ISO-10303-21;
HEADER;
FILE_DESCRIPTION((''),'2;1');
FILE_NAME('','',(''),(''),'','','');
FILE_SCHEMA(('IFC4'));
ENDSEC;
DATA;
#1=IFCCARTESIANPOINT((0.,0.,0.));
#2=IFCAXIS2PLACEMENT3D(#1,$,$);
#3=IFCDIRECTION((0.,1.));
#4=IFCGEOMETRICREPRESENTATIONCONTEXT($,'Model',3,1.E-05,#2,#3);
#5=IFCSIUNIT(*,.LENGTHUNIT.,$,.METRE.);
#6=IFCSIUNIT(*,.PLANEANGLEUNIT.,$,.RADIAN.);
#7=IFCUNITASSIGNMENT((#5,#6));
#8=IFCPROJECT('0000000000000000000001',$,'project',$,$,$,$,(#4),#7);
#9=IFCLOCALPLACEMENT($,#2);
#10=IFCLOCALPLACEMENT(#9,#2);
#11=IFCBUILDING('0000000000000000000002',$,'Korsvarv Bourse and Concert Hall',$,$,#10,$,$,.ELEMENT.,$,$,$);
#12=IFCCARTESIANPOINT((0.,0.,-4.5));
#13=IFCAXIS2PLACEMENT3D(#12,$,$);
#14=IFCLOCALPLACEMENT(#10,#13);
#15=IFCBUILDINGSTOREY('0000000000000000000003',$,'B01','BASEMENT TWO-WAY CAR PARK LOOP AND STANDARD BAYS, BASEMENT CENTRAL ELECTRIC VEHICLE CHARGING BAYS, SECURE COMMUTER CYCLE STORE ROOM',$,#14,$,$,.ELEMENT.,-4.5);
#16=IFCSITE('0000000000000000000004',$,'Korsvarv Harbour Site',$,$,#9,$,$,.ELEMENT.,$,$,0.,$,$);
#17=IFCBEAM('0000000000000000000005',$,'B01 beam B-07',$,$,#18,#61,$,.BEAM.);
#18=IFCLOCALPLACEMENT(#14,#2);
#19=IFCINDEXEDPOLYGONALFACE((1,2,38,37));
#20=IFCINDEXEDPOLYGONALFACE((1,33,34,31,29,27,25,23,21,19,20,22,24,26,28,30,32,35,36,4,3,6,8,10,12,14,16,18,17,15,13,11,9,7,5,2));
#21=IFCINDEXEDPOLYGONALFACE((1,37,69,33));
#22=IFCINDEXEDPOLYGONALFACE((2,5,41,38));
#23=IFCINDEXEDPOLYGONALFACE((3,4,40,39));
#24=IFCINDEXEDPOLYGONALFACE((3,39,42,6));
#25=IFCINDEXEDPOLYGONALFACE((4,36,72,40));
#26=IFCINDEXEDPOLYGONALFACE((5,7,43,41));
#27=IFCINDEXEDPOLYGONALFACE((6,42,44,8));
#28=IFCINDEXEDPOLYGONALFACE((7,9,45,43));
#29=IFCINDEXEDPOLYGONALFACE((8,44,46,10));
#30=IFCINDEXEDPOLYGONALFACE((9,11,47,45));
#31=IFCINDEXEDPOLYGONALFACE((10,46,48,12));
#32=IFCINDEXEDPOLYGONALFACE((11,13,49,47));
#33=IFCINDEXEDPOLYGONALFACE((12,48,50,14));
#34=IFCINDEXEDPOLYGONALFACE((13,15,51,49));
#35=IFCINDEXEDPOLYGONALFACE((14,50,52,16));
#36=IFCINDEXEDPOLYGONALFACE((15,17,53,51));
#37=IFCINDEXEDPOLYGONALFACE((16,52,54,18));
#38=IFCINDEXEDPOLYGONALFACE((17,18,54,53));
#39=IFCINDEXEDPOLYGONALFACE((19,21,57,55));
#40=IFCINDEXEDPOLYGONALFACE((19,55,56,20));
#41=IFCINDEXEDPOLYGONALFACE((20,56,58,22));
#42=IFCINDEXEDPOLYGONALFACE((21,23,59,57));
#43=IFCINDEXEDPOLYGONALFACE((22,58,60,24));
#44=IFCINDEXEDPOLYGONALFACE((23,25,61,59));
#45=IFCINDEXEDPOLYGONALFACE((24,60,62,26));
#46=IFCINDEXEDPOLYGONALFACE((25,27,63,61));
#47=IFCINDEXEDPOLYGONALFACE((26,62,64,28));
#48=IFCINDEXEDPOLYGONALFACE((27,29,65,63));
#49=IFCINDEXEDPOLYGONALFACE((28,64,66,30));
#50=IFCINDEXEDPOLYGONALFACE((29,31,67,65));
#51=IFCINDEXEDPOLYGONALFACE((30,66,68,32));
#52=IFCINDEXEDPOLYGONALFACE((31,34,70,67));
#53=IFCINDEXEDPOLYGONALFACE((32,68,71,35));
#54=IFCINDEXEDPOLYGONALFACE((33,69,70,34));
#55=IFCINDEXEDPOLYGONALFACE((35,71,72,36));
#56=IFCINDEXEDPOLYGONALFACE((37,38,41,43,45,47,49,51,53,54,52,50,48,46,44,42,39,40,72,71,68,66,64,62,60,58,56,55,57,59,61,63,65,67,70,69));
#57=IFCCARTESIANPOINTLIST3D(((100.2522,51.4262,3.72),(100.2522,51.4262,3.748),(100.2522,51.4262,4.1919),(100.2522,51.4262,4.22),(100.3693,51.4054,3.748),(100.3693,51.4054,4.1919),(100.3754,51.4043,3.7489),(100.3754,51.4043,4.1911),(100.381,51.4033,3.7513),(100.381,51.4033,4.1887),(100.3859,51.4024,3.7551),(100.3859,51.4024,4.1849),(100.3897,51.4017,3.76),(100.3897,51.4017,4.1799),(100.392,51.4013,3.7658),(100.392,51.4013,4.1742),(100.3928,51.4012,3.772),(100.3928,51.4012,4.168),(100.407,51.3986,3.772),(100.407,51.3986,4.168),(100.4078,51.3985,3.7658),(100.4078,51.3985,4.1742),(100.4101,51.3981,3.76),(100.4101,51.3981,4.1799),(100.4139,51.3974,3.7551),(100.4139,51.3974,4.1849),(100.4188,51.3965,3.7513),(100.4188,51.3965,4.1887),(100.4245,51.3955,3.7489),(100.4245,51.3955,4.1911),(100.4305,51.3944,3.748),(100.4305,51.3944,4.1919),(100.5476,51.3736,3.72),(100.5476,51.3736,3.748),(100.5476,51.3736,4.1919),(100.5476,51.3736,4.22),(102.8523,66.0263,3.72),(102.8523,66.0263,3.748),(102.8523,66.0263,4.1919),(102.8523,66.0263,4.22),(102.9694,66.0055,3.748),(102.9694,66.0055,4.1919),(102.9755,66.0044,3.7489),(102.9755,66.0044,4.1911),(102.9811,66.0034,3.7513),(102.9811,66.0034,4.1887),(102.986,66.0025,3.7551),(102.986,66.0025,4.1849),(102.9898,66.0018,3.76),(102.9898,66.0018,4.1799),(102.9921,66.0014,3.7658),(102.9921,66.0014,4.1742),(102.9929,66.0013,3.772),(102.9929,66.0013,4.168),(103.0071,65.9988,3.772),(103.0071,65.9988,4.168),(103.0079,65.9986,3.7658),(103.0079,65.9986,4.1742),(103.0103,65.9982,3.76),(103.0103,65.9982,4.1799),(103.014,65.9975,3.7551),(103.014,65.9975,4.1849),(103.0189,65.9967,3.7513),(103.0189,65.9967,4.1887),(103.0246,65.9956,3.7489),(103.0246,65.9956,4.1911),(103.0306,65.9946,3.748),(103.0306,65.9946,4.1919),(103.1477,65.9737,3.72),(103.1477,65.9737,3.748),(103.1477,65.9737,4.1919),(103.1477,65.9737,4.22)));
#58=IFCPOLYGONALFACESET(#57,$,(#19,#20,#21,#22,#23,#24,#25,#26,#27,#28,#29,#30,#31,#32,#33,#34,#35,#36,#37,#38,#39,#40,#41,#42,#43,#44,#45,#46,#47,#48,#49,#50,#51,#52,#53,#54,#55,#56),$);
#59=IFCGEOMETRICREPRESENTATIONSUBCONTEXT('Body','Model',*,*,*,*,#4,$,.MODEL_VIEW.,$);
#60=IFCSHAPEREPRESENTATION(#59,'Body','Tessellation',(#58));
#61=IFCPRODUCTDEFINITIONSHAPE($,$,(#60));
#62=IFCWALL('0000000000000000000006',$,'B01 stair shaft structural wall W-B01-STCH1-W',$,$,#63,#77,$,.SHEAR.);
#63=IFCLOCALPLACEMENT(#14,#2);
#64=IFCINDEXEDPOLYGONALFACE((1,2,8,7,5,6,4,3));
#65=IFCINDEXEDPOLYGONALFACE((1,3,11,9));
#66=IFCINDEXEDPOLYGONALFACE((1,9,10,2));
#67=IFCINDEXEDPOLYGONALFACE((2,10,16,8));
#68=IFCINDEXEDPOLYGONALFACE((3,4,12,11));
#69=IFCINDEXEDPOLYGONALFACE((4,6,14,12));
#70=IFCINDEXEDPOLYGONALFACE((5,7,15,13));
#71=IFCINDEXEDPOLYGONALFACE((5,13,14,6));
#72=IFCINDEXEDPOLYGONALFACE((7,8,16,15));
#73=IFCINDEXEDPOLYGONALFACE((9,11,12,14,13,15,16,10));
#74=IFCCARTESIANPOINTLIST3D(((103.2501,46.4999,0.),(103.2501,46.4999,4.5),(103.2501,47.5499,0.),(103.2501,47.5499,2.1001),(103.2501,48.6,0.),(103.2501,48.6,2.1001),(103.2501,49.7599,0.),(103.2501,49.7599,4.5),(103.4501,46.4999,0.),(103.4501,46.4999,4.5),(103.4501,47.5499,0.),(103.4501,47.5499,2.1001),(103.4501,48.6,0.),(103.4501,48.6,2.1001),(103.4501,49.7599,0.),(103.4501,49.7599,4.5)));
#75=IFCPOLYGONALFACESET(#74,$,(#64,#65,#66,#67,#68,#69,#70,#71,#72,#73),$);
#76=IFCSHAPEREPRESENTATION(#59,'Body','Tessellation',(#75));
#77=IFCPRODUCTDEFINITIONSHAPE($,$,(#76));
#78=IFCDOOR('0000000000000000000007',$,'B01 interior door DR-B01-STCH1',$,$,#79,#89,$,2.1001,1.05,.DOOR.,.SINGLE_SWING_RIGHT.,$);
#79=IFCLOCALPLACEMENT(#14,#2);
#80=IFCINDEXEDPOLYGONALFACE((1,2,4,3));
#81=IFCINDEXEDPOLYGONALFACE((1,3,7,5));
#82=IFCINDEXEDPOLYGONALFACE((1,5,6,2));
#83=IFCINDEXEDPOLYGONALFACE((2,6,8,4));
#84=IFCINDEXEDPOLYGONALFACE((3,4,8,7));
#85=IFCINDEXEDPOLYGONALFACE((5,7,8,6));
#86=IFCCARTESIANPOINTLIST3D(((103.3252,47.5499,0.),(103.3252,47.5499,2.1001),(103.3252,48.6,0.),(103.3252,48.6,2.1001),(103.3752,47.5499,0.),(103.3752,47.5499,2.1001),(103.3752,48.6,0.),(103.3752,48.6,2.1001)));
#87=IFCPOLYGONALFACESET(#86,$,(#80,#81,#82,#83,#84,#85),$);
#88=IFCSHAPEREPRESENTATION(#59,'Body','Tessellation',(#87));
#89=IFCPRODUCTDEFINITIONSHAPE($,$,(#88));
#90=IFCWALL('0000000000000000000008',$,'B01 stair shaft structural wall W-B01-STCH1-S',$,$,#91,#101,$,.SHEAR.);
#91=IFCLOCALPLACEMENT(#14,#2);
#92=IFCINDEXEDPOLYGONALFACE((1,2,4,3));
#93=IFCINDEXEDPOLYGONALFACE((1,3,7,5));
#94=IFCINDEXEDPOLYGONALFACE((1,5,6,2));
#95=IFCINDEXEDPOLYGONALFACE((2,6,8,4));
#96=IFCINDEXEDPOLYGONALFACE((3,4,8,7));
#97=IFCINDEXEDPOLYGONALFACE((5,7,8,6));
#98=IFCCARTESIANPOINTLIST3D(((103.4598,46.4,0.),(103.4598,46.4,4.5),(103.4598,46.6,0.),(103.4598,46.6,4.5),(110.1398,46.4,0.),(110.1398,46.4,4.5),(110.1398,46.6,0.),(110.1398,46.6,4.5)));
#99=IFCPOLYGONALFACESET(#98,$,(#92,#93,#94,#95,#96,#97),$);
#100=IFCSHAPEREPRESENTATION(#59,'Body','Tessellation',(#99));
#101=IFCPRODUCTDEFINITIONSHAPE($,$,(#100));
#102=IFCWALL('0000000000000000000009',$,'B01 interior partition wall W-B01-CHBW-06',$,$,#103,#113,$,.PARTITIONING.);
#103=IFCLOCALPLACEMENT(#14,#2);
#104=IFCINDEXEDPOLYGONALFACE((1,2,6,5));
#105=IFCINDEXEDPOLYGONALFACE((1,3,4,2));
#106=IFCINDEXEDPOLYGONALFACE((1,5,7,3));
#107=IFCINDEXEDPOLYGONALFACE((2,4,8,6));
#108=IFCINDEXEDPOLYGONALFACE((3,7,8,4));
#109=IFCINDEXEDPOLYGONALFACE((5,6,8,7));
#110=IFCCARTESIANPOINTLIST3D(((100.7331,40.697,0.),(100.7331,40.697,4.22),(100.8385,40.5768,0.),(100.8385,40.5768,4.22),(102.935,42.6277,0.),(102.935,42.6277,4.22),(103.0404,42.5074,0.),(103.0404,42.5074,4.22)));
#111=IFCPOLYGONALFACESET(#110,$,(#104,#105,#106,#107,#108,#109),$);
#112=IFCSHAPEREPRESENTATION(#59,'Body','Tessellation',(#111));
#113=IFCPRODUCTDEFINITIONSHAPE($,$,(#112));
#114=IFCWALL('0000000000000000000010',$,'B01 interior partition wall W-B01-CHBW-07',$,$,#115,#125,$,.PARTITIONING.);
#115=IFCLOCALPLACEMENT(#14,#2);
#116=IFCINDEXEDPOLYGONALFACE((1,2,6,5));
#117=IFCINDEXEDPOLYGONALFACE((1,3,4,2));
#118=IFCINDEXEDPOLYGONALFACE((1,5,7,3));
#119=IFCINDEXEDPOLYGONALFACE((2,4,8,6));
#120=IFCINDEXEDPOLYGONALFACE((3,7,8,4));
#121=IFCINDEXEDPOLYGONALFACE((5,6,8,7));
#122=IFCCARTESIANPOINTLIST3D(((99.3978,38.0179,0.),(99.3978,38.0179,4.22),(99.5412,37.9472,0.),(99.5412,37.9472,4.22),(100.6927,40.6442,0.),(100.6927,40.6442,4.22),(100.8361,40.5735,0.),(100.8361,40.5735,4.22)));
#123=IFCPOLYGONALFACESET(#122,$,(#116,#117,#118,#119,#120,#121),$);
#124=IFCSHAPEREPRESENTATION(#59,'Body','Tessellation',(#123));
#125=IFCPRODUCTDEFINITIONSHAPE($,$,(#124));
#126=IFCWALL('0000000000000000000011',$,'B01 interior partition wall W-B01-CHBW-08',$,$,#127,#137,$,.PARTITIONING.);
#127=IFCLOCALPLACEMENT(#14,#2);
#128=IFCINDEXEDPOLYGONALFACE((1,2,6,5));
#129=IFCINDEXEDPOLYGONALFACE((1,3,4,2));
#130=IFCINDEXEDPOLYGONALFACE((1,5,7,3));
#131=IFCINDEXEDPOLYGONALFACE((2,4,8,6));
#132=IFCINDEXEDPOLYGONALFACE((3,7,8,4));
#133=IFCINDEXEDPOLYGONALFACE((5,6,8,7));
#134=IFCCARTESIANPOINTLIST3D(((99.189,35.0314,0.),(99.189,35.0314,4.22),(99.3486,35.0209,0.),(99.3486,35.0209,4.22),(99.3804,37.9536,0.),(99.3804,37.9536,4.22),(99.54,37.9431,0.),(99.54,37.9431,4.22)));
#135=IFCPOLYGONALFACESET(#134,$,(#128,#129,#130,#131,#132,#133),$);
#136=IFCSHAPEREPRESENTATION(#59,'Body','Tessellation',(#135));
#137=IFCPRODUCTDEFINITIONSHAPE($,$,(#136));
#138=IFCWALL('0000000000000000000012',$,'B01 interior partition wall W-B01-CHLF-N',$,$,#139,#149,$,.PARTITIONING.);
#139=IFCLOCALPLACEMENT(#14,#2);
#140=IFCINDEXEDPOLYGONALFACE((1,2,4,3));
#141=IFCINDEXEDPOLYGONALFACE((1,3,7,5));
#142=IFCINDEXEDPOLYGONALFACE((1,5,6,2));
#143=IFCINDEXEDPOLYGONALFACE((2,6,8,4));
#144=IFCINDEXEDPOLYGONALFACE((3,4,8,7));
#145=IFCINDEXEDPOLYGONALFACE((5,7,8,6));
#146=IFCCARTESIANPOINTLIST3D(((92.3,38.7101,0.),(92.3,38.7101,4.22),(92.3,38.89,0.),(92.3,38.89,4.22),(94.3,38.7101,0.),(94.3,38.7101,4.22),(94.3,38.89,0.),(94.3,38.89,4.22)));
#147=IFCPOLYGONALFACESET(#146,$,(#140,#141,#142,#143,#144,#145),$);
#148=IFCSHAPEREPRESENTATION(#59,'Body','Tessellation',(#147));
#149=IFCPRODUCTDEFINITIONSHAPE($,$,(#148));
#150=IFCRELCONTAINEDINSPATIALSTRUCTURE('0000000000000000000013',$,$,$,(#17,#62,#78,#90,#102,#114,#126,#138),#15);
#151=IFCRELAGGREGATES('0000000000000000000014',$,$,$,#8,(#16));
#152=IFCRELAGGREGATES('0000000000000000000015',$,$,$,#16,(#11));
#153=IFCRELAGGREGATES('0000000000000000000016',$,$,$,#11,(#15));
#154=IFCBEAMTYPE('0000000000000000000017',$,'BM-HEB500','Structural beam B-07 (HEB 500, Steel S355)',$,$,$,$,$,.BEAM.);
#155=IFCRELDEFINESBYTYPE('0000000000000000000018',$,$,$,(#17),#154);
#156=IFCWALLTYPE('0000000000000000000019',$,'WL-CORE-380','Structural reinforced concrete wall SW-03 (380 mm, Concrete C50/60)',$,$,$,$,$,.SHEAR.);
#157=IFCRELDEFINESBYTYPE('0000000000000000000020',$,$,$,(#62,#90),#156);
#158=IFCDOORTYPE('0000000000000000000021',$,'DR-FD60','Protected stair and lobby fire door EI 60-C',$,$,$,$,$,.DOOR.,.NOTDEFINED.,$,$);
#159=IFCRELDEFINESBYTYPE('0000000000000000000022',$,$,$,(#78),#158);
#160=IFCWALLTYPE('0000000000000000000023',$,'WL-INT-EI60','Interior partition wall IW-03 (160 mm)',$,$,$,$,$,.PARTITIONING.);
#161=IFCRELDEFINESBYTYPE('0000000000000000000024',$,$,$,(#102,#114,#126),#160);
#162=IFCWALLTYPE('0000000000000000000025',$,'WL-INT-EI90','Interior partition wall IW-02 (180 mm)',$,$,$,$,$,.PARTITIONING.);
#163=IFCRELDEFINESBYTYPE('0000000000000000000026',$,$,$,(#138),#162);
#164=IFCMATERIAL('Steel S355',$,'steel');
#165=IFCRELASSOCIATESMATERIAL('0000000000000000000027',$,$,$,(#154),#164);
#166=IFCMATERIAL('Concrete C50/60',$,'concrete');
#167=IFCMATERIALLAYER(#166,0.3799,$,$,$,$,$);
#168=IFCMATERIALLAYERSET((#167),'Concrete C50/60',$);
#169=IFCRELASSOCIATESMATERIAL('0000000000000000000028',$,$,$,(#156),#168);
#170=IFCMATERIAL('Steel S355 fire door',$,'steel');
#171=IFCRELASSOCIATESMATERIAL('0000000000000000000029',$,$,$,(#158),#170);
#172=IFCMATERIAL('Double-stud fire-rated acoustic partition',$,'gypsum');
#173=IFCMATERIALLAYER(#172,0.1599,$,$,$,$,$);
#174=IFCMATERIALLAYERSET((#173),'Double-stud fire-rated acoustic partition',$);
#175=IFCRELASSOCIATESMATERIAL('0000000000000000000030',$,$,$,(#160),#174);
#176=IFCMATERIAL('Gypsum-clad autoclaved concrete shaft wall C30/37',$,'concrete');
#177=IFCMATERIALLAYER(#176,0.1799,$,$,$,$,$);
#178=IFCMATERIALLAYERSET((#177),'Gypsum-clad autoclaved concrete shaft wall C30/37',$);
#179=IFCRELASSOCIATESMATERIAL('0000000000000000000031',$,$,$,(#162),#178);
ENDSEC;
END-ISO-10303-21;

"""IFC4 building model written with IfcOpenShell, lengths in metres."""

from ifc_helpers import new_model, si_unit, direction, frame, frame_2d, origin, origin_2d, place, context, subcontext, project, spatial, rectangle, i_section, extrude, source, transform, mapped, material, layer, layer_set, material_profile, profile_set, type_object, element, fill, save


model = new_model("IFC4")

# Units and contexts
model_context = context("Model", 3, precision=1e-05, world=origin(), true_north=direction((0.0, 1.0)))
body_context = subcontext(model_context, "Body", "Model", "MODEL_VIEW")
ifc_project = project(units=[si_unit("LENGTHUNIT", "METRE"), si_unit("PLANEANGLEUNIT", "RADIAN")], contexts=[model_context])

# Site, building, storey
site_placement = place(None, origin())
site = spatial("IfcSite", under=ifc_project, at=site_placement, Name="Korsvarv Harbour Site", CompositionType="ELEMENT", RefElevation=0.0)
building_placement = place(site_placement, origin())
building = spatial("IfcBuilding", under=site, at=building_placement, Name="Korsvarv Bourse and Concert Hall", CompositionType="ELEMENT")
storey_placement = place(building_placement, frame((0.0, 0.0, -4.5)))
storey = spatial("IfcBuildingStorey", under=building, at=storey_placement, Name="B01", Description="BASEMENT TWO-WAY CAR PARK LOOP AND STANDARD BAYS, BASEMENT CENTRAL ELECTRIC VEHICLE CHARGING BAYS, SECURE COMMUTER CYCLE STORE ROOM", CompositionType="ELEMENT", Elevation=-4.5)

# Shared definitions
ifc_material_1 = material(Name="Concrete C50/60", Category="concrete")

# Beam
ifc_material_2 = material(Name="Steel S355", Category="steel")
ifc_material_profile_1 = material_profile(ifc_material_2, i_section(OverallWidth=0.3, OverallDepth=0.5, WebThickness=0.0144, FlangeThickness=0.0281, FilletRadius=0.0239, at=origin_2d()), Name="HEB 500")
ifc_profile_set_1 = profile_set([ifc_material_profile_1], Name="Steel S355")
beam_type_1 = type_object("IfcBeamType", Name="BM-HEB500", Description="Structural beam B-07 (HEB 500, Steel S355)", PredefinedType="BEAM", material=ifc_profile_set_1)
shared_shape_1 = source(origin(), body_context, "Body", "SweptSolid", [
    extrude(i_section(OverallWidth=0.3, OverallDepth=0.5, WebThickness=0.0144, FlangeThickness=0.0281, FilletRadius=0.0239, at=origin_2d()), origin(), (0.0, 0.0, 1.0), 14.8298),
])
beam_1_placement = place(storey_placement, frame((100.3999, 51.3999, 3.97), z_axis=(0.175329, 0.98451, 0.0), x_axis=(-0.98451, 0.175329, 0.0)))
element("IfcBeam", 1, at=beam_1_placement, inside=storey, type_object=beam_type_1, Name="B01 beam B-07", PredefinedType="BEAM", context=body_context, shape_type="MappedRepresentation", body=[
    mapped(shared_shape_1, transform((0.0, 0.0, 0.0), scale=1.0)),
])

# Wall, opening, door
ifc_layer_1 = layer(ifc_material_1, 0.3799)
ifc_layer_set_1 = layer_set([ifc_layer_1], Name="Concrete C50/60")
wall_type_1 = type_object("IfcWallType", Name="WL-CORE-380", Description="Structural reinforced concrete wall SW-03 (380 mm, Concrete C50/60)", PredefinedType="SHEAR", material=ifc_layer_set_1)
wall_1_placement = place(storey_placement, frame((103.3501, 46.5, 0.0), z_axis=(0.0, 0.0, 1.0), x_axis=(0.0, 1.0, 0.0)))
wall_1 = element("IfcWall", 2, at=wall_1_placement, inside=storey, type_object=wall_type_1, Name="B01 stair shaft structural wall W-B01-STCH1-W", PredefinedType="SHEAR", context=body_context, shape_type="SweptSolid", body=[
    extrude(rectangle(XDim=3.26, YDim=0.2, at=frame_2d((1.6299, 0.0))), origin(), (0.0, 0.0, 1.0), 4.5),
])
opening_placement = place(wall_1_placement, frame((1.05, 0.0, 0.0)))
opening = element("IfcOpeningElement", 3, at=opening_placement, cuts=wall_1, PredefinedType="OPENING", context=body_context, shape_type="SweptSolid", body=[
    extrude(rectangle(XDim=1.05, YDim=2.1001, at=frame_2d((0.5249, 1.05))), frame((0.0, 0.1099, 0.0), z_axis=(0.0, -1.0, 0.0), x_axis=(1.0, 0.0, 0.0)), (0.0, 0.0, 1.0), 0.22),
])
ifc_material_3 = material(Name="Steel S355 fire door", Category="steel")
door_type = type_object("IfcDoorType", Name="DR-FD60", Description="Protected stair and lobby fire door EI 60-C", OperationType="NOTDEFINED", PredefinedType="DOOR", material=ifc_material_3)
door_placement = place(opening_placement, origin())
door = element("IfcDoor", 4, at=door_placement, inside=storey, type_object=door_type, Name="B01 interior door DR-B01-STCH1", OperationType="SINGLE_SWING_RIGHT", OverallHeight=2.1001, OverallWidth=1.05, PredefinedType="DOOR", context=body_context, shape_type="SweptSolid", body=[
    extrude(rectangle(XDim=1.05, YDim=2.1001, at=frame_2d((0.5249, 1.05))), frame((0.0, 0.0249, 0.0), z_axis=(0.0, -1.0, 0.0), x_axis=(1.0, 0.0, 0.0)), (0.0, 0.0, 1.0), 0.05),
])
fill(opening, door)

# Walls
wall_2_placement = place(storey_placement, frame((103.46, 46.5, 0.0), z_axis=(0.0, 0.0, 1.0), x_axis=(1.0, 0.0, 0.0)))
element("IfcWall", 5, at=wall_2_placement, inside=storey, type_object=wall_type_1, Name="B01 stair shaft structural wall W-B01-STCH1-S", PredefinedType="SHEAR", context=body_context, shape_type="SweptSolid", body=[
    extrude(rectangle(XDim=6.6799, YDim=0.2, at=frame_2d((3.3398, 0.0))), origin(), (0.0, 0.0, 1.0), 4.5),
])
ifc_material_4 = material(Name="Double-stud fire-rated acoustic partition", Category="gypsum")
ifc_layer_2 = layer(ifc_material_4, 0.1599)
ifc_layer_set_2 = layer_set([ifc_layer_2], Name="Double-stud fire-rated acoustic partition")
wall_type_2 = type_object("IfcWallType", Name="WL-INT-EI60", Description="Interior partition wall IW-03 (160 mm)", PredefinedType="PARTITIONING", material=ifc_layer_set_2)
wall_3_placement = place(storey_placement, frame((102.9878, 42.5676, 0.0), z_axis=(0.0, 0.0, 1.0), x_axis=(-0.7519, -0.659277, 0.0)))
element("IfcWall", 6, at=wall_3_placement, inside=storey, type_object=wall_type_2, Name="B01 interior partition wall W-B01-CHBW-06", PredefinedType="PARTITIONING", context=body_context, shape_type="SweptSolid", body=[
    extrude(rectangle(XDim=2.9285, YDim=0.1599, at=frame_2d((1.4644, 0.0))), origin(), (0.0, 0.0, 1.0), 4.22),
])
wall_4_placement = place(storey_placement, frame((100.7644, 40.6089, 0.0), z_axis=(0.0, 0.0, 1.0), x_axis=(-0.442204, -0.896914, 0.0)))
element("IfcWall", 7, at=wall_4_placement, inside=storey, type_object=wall_type_2, Name="B01 interior partition wall W-B01-CHBW-07", PredefinedType="PARTITIONING", context=body_context, shape_type="SweptSolid", body=[
    extrude(rectangle(XDim=2.9282, YDim=0.1599, at=frame_2d((1.4641, 0.0))), origin(), (0.0, 0.0, 1.0), 4.22),
])
wall_5_placement = place(storey_placement, frame((99.4602, 37.9485, 0.0), z_axis=(0.0, 0.0, 1.0), x_axis=(-0.065362, -0.997862, 0.0)))
element("IfcWall", 8, at=wall_5_placement, inside=storey, type_object=wall_type_2, Name="B01 interior partition wall W-B01-CHBW-08", PredefinedType="PARTITIONING", context=body_context, shape_type="SweptSolid", body=[
    extrude(rectangle(XDim=2.9285, YDim=0.1599, at=frame_2d((1.4644, 0.0))), origin(), (0.0, 0.0, 1.0), 4.22),
])
ifc_material_5 = material(Name="Gypsum-clad autoclaved concrete shaft wall C30/37", Category="concrete")
ifc_layer_3 = layer(ifc_material_5, 0.1799)
ifc_layer_set_3 = layer_set([ifc_layer_3], Name="Gypsum-clad autoclaved concrete shaft wall C30/37")
wall_type_3 = type_object("IfcWallType", Name="WL-INT-EI90", Description="Interior partition wall IW-02 (180 mm)", PredefinedType="PARTITIONING", material=ifc_layer_set_3)
wall_6_placement = place(storey_placement, frame((92.3, 38.8, 0.0), z_axis=(0.0, 0.0, 1.0), x_axis=(1.0, 0.0, 0.0)))
element("IfcWall", 9, at=wall_6_placement, inside=storey, type_object=wall_type_3, Name="B01 interior partition wall W-B01-CHLF-N", PredefinedType="PARTITIONING", context=body_context, shape_type="SweptSolid", body=[
    extrude(rectangle(XDim=2.0, YDim=0.1799, at=frame_2d((1.0, 0.0))), origin(), (0.0, 0.0, 1.0), 4.22),
])

save(model, "model.ifc")
